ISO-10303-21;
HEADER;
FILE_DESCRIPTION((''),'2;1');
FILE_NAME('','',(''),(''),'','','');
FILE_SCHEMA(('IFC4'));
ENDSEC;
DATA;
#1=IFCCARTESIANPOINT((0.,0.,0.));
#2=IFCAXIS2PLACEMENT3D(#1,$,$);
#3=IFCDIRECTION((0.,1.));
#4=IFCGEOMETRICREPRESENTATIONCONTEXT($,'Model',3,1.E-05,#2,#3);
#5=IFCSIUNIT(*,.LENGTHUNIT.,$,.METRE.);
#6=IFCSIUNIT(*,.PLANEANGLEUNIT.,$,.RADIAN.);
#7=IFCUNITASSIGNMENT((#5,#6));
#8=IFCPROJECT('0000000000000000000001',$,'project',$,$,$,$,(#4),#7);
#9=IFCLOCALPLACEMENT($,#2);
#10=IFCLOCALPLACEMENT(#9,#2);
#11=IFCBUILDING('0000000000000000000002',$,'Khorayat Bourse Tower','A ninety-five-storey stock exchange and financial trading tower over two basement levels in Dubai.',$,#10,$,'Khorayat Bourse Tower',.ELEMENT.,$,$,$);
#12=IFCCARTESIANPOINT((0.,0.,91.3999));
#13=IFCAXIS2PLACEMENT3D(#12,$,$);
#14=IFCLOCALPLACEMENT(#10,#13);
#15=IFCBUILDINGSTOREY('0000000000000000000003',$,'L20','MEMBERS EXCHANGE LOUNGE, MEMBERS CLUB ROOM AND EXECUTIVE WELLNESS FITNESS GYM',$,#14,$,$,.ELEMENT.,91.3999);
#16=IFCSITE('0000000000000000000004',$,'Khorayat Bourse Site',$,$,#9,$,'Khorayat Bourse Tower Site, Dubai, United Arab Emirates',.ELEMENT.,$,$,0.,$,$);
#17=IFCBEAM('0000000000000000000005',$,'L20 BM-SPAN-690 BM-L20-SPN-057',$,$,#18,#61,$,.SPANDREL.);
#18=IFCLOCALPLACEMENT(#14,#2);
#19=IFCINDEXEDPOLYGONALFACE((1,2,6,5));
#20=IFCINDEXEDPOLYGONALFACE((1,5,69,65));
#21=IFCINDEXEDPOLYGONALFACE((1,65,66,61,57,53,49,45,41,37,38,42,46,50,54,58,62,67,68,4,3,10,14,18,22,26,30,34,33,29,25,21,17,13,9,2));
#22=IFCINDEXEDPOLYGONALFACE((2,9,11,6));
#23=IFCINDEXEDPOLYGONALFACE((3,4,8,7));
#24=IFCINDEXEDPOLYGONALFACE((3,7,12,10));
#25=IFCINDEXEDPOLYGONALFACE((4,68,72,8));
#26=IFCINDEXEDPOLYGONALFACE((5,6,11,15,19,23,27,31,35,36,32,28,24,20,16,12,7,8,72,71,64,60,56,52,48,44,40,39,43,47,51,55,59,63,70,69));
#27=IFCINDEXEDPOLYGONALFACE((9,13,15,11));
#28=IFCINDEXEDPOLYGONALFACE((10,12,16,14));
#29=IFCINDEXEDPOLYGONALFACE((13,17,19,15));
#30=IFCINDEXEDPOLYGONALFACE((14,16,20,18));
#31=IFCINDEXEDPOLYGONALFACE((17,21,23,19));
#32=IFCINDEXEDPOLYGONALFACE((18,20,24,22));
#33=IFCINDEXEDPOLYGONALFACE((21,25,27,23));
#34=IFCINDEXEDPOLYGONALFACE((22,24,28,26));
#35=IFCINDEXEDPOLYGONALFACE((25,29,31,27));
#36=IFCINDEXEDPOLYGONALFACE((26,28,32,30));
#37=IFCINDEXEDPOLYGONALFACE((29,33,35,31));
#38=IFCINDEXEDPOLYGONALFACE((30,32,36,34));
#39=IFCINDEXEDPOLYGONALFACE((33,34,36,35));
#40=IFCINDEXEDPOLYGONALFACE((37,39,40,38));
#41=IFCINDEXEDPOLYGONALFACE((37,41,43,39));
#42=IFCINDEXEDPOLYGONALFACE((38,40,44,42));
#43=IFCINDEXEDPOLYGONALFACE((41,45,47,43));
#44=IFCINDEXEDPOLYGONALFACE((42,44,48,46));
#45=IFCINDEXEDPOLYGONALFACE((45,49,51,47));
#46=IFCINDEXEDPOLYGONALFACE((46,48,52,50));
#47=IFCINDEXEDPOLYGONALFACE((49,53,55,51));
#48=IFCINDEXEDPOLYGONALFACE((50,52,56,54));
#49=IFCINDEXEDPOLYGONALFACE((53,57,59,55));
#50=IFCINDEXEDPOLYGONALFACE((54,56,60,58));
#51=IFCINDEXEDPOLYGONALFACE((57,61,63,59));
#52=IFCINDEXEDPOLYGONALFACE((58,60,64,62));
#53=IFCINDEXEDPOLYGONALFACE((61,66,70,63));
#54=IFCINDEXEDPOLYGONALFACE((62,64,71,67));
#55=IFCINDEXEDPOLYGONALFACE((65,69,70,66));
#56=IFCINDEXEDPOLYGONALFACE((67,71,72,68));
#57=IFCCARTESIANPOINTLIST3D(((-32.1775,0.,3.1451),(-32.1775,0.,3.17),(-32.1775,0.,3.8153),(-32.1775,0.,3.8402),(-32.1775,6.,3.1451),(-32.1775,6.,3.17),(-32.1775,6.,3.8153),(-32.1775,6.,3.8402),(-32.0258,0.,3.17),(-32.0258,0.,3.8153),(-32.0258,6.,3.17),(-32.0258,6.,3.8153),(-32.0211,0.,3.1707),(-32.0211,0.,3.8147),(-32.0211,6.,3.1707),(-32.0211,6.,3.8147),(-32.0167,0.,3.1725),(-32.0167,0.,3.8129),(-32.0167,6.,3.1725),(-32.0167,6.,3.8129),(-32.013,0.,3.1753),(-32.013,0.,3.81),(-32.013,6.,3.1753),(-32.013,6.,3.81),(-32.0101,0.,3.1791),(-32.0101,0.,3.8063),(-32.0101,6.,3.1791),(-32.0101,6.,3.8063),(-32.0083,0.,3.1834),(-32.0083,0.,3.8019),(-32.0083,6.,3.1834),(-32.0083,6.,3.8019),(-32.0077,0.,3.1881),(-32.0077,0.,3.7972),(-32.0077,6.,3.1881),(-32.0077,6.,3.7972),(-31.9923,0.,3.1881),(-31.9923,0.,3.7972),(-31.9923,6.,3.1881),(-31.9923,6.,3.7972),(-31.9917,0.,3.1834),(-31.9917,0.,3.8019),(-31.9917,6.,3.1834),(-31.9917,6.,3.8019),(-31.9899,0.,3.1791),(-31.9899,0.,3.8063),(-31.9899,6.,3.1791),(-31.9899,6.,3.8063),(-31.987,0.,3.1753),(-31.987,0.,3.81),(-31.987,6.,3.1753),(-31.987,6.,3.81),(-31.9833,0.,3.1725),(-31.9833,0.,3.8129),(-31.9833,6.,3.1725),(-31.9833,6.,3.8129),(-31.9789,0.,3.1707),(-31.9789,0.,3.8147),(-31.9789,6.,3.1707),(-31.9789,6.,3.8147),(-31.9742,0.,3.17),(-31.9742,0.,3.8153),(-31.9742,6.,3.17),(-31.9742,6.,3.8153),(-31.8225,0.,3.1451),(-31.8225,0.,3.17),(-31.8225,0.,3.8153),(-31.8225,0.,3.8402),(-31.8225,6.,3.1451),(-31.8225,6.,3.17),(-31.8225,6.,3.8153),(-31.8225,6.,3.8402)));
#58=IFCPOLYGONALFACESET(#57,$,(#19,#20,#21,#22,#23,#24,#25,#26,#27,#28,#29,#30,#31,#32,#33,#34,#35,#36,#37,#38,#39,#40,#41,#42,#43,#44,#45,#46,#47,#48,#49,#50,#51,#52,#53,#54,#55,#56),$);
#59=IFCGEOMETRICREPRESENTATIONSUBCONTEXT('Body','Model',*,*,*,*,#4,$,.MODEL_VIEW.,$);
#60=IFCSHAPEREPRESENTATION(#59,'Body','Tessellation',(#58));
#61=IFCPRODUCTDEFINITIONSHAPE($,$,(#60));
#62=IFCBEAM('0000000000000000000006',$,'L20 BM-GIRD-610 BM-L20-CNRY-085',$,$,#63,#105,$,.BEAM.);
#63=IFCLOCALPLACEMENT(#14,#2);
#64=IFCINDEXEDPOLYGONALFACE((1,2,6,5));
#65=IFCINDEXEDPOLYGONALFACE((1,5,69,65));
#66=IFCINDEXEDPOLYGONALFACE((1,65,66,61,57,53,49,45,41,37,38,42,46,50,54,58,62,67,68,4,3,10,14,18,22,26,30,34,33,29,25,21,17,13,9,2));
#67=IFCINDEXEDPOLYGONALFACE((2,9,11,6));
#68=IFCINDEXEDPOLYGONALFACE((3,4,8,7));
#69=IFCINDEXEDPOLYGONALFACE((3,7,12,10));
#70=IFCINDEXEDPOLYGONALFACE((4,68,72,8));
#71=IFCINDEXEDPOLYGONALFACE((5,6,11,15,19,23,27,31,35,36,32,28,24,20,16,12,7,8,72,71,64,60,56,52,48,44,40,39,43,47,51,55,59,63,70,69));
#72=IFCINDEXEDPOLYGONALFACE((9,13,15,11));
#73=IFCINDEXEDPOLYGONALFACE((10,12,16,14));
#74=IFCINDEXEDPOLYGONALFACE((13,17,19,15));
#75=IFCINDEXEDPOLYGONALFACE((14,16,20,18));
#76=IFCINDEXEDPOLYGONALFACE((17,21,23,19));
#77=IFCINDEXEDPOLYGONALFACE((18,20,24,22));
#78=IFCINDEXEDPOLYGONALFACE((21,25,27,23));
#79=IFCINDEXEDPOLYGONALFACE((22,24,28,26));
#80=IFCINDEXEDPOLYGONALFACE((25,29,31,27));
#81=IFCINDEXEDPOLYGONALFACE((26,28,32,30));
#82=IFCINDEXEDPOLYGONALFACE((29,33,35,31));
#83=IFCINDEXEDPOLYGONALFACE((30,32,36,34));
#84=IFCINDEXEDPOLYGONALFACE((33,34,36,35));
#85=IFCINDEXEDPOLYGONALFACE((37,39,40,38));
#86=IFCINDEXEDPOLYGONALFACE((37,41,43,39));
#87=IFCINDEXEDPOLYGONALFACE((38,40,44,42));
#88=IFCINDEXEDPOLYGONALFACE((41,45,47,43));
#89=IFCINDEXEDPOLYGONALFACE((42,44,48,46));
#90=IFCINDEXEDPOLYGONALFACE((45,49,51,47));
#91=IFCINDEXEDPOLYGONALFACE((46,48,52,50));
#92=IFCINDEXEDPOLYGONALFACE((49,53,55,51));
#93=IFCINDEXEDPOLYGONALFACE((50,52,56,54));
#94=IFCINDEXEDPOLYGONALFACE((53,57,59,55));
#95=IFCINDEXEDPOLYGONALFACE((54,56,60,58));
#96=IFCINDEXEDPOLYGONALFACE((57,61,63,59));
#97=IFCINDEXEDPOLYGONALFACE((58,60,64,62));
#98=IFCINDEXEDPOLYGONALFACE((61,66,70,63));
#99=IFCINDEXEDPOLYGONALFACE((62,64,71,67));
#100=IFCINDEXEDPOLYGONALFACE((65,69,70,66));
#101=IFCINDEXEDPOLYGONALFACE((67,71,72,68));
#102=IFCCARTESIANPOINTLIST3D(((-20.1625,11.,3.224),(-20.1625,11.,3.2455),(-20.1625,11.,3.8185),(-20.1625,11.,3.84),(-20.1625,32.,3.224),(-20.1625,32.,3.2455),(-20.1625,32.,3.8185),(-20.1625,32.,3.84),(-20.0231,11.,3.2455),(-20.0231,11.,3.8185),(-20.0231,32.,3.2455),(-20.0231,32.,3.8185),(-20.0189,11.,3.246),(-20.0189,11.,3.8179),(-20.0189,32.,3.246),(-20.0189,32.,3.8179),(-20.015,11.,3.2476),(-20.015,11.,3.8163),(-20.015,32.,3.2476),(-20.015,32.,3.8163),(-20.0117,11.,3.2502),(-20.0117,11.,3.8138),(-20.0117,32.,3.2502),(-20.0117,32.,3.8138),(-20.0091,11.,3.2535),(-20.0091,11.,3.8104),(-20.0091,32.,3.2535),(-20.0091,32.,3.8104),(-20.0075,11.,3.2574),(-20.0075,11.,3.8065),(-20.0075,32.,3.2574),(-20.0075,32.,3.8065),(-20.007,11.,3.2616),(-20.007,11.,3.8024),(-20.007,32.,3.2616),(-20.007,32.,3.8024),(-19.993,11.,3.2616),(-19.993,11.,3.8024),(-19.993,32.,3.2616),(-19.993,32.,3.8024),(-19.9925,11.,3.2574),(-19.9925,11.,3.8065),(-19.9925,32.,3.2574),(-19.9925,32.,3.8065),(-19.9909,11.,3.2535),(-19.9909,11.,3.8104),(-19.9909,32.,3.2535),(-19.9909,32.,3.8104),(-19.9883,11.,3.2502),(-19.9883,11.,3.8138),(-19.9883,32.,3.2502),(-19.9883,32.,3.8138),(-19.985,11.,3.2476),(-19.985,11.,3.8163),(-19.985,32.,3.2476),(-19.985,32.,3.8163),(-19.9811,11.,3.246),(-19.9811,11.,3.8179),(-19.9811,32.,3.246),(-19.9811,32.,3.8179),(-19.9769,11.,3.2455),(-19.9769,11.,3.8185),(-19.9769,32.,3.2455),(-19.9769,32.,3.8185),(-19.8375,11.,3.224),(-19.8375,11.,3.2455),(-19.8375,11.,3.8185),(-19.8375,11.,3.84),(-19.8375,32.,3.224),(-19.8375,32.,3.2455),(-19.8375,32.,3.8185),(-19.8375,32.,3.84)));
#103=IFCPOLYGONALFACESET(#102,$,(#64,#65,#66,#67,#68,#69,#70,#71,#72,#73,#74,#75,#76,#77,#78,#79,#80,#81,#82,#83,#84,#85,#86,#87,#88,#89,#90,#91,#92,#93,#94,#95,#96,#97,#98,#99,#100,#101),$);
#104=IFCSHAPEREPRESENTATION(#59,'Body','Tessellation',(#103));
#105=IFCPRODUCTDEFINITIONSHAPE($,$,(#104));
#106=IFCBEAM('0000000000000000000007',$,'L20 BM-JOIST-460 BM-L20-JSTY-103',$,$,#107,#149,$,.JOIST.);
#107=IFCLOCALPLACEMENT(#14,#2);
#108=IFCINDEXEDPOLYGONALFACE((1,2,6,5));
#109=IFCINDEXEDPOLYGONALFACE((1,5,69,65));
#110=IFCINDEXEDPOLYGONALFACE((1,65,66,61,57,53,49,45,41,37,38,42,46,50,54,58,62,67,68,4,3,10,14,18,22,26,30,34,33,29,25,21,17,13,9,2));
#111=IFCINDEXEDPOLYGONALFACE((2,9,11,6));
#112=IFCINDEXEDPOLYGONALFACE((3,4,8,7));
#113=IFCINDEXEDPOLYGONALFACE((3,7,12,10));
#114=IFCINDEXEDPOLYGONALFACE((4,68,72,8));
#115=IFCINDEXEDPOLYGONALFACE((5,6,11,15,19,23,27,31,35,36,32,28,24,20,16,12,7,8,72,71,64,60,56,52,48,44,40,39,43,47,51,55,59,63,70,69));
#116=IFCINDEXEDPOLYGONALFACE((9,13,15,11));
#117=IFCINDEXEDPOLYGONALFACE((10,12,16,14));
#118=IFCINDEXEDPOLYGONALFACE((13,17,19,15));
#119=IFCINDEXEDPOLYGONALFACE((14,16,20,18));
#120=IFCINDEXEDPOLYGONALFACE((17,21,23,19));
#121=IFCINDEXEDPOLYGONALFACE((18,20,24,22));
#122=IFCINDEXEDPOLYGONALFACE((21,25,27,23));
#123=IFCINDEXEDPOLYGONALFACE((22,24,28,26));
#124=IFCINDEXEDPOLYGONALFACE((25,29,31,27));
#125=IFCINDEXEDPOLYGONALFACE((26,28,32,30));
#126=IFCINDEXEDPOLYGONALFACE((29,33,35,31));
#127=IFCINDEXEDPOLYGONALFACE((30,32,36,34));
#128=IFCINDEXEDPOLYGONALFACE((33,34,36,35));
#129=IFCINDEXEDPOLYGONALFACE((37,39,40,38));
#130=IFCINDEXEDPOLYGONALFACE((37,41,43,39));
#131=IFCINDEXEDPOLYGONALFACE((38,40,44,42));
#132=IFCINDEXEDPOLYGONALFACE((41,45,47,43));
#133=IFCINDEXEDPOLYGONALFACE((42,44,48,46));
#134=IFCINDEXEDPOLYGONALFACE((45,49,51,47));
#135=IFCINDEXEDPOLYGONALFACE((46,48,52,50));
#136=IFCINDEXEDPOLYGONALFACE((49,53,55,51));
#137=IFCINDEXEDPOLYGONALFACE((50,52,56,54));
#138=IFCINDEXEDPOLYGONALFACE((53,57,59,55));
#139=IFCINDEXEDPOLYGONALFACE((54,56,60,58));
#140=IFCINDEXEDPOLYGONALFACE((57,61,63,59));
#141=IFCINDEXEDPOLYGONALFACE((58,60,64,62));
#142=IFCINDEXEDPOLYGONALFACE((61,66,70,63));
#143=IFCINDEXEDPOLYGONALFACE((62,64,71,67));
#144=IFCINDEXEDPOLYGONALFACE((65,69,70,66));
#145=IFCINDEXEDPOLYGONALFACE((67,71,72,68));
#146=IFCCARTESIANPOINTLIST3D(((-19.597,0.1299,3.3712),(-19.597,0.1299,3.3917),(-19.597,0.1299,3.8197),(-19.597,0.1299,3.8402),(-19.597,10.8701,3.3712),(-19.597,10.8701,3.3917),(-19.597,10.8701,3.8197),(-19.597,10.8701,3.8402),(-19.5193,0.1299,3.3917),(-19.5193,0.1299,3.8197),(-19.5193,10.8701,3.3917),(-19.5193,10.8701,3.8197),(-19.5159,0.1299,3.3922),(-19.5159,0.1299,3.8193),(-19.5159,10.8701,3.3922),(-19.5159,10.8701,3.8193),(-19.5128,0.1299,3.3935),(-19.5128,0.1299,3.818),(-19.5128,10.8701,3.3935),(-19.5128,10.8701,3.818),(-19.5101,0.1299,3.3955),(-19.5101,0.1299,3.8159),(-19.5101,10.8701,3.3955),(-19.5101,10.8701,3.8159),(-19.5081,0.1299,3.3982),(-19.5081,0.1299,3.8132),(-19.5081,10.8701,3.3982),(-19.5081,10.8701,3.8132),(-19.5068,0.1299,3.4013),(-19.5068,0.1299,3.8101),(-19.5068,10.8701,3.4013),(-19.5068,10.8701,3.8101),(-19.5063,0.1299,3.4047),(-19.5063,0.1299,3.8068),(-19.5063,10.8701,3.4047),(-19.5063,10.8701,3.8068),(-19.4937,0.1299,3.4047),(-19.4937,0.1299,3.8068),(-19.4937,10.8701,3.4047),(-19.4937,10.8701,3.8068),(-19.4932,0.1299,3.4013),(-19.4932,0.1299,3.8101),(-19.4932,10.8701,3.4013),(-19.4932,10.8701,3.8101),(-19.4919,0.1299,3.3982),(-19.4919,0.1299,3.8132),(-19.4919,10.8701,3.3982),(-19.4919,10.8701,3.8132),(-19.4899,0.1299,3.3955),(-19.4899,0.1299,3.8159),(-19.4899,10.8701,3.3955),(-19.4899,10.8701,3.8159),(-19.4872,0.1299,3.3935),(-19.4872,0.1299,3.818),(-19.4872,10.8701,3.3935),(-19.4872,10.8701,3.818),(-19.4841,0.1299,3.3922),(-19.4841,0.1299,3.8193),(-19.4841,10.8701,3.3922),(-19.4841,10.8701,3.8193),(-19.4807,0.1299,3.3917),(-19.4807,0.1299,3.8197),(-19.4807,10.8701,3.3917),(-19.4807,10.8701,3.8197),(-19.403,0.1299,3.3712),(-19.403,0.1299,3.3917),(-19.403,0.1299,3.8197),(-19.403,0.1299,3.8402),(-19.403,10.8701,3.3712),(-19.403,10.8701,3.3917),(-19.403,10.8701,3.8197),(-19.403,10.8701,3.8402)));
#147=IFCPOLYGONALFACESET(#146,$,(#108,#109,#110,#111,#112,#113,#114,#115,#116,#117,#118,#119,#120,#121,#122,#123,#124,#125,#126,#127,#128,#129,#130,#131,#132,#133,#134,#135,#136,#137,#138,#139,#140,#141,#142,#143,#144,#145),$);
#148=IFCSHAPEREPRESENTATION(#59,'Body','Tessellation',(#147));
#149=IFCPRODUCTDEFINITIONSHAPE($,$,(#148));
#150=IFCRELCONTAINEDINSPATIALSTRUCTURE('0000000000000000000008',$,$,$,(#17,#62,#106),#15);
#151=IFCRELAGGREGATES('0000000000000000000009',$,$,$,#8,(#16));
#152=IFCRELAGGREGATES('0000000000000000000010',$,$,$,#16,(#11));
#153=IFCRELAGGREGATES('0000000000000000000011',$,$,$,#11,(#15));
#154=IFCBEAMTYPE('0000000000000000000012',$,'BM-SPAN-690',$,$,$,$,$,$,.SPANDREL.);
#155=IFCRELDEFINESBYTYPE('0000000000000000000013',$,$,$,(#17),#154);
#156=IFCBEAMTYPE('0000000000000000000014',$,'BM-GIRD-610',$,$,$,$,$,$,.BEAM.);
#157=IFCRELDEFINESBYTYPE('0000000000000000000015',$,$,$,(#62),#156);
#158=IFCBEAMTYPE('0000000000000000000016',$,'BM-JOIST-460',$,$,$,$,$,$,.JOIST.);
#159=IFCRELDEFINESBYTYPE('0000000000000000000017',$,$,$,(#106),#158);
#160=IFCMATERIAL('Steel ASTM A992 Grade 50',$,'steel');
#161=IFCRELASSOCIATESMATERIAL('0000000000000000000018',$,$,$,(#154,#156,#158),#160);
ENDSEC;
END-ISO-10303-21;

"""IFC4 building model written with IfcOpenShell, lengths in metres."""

from ifc_helpers import new_model, si_unit, direction, frame, origin, origin_2d, place, context, subcontext, project, spatial, i_section, extrude, source, transform, mapped, material, material_profile, profile_set, type_object, element, save


model = new_model("IFC4")

# Units and contexts
model_context = context("Model", 3, precision=1e-05, world=origin(), true_north=direction((0.0, 1.0)))
body_context = subcontext(model_context, "Body", "Model", "MODEL_VIEW")
ifc_project = project(units=[si_unit("LENGTHUNIT", "METRE"), si_unit("PLANEANGLEUNIT", "RADIAN")], contexts=[model_context])

# Site, building, storey
site_placement = place(None, origin())
site = spatial("IfcSite", under=ifc_project, at=site_placement, Name="Khorayat Bourse Site", LongName="Khorayat Bourse Tower Site, Dubai, United Arab Emirates", CompositionType="ELEMENT", RefElevation=0.0)
building_placement = place(site_placement, origin())
building = spatial("IfcBuilding", under=site, at=building_placement, Name="Khorayat Bourse Tower", Description="A ninety-five-storey stock exchange and financial trading tower over two basement levels in Dubai.", LongName="Khorayat Bourse Tower", CompositionType="ELEMENT")
storey_placement = place(building_placement, frame((0.0, 0.0, 91.3999)))
storey = spatial("IfcBuildingStorey", under=building, at=storey_placement, Name="L20", Description="MEMBERS EXCHANGE LOUNGE, MEMBERS CLUB ROOM AND EXECUTIVE WELLNESS FITNESS GYM", CompositionType="ELEMENT", Elevation=91.3999)

# Beams
ifc_material_1 = material(Name="Steel ASTM A992 Grade 50", Category="steel")
ifc_material_profile_1 = material_profile(ifc_material_1, i_section(OverallWidth=0.355, OverallDepth=0.6951, WebThickness=0.0154, FlangeThickness=0.0249, FilletRadius=0.0181, at=origin_2d()), Name="W690X217")
ifc_profile_set_1 = profile_set([ifc_material_profile_1], Name="Steel ASTM A992 Grade 50")
beam_type_1 = type_object("IfcBeamType", Name="BM-SPAN-690", PredefinedType="SPANDREL", material=ifc_profile_set_1)
shared_shape_1 = source(origin(), body_context, "Body", "SweptSolid", [
    extrude(i_section(OverallWidth=0.355, OverallDepth=0.6951, WebThickness=0.0154, FlangeThickness=0.0249, FilletRadius=0.0181, at=origin_2d()), origin(), (0.0, 0.0, 1.0), 6.0),
])
beam_1_placement = place(storey_placement, frame((-32.0, 0.0, 3.4927), z_axis=(0.0, 1.0, 0.0), x_axis=(-1.0, 0.0, 0.0)))
element("IfcBeam", 1, at=beam_1_placement, inside=storey, type_object=beam_type_1, Name="L20 BM-SPAN-690 BM-L20-SPN-057", PredefinedType="SPANDREL", context=body_context, shape_type="MappedRepresentation", body=[
    mapped(shared_shape_1, transform((0.0, 0.0, 0.0), scale=1.0)),
])
ifc_material_profile_2 = material_profile(ifc_material_1, i_section(OverallWidth=0.325, OverallDepth=0.616, WebThickness=0.0139, FlangeThickness=0.0215, FilletRadius=0.0161, at=origin_2d()), Name="W610X174")
ifc_profile_set_2 = profile_set([ifc_material_profile_2], Name="Steel ASTM A992 Grade 50")
beam_type_2 = type_object("IfcBeamType", Name="BM-GIRD-610", PredefinedType="BEAM", material=ifc_profile_set_2)
shared_shape_2 = source(origin(), body_context, "Body", "SweptSolid", [
    extrude(i_section(OverallWidth=0.325, OverallDepth=0.616, WebThickness=0.0139, FlangeThickness=0.0215, FilletRadius=0.0161, at=origin_2d()), origin(), (0.0, 0.0, 1.0), 21.0),
])
beam_2_placement = place(storey_placement, frame((-20.0, 11.0, 3.532), z_axis=(0.0, 1.0, 0.0), x_axis=(-1.0, 0.0, 0.0)))
element("IfcBeam", 2, at=beam_2_placement, inside=storey, type_object=beam_type_2, Name="L20 BM-GIRD-610 BM-L20-CNRY-085", PredefinedType="BEAM", context=body_context, shape_type="MappedRepresentation", body=[
    mapped(shared_shape_2, transform((0.0, 0.0, 0.0), scale=1.0)),
])
ifc_material_profile_3 = material_profile(ifc_material_1, i_section(OverallWidth=0.1941, OverallDepth=0.469, WebThickness=0.0127, FlangeThickness=0.0205, FilletRadius=0.0129, at=origin_2d()), Name="W460X106")
ifc_profile_set_3 = profile_set([ifc_material_profile_3], Name="Steel ASTM A992 Grade 50")
beam_type_3 = type_object("IfcBeamType", Name="BM-JOIST-460", PredefinedType="JOIST", material=ifc_profile_set_3)
shared_shape_3 = source(origin(), body_context, "Body", "SweptSolid", [
    extrude(i_section(OverallWidth=0.1941, OverallDepth=0.469, WebThickness=0.0127, FlangeThickness=0.0205, FilletRadius=0.0129, at=origin_2d()), origin(), (0.0, 0.0, 1.0), 10.7402),
])
beam_3_placement = place(storey_placement, frame((-19.5, 0.1299, 3.6057), z_axis=(0.0, 1.0, 0.0), x_axis=(-1.0, 0.0, 0.0)))
element("IfcBeam", 3, at=beam_3_placement, inside=storey, type_object=beam_type_3, Name="L20 BM-JOIST-460 BM-L20-JSTY-103", PredefinedType="JOIST", context=body_context, shape_type="MappedRepresentation", body=[
    mapped(shared_shape_3, transform((0.0, 0.0, 0.0), scale=1.0)),
])

save(model, "model.ifc")
